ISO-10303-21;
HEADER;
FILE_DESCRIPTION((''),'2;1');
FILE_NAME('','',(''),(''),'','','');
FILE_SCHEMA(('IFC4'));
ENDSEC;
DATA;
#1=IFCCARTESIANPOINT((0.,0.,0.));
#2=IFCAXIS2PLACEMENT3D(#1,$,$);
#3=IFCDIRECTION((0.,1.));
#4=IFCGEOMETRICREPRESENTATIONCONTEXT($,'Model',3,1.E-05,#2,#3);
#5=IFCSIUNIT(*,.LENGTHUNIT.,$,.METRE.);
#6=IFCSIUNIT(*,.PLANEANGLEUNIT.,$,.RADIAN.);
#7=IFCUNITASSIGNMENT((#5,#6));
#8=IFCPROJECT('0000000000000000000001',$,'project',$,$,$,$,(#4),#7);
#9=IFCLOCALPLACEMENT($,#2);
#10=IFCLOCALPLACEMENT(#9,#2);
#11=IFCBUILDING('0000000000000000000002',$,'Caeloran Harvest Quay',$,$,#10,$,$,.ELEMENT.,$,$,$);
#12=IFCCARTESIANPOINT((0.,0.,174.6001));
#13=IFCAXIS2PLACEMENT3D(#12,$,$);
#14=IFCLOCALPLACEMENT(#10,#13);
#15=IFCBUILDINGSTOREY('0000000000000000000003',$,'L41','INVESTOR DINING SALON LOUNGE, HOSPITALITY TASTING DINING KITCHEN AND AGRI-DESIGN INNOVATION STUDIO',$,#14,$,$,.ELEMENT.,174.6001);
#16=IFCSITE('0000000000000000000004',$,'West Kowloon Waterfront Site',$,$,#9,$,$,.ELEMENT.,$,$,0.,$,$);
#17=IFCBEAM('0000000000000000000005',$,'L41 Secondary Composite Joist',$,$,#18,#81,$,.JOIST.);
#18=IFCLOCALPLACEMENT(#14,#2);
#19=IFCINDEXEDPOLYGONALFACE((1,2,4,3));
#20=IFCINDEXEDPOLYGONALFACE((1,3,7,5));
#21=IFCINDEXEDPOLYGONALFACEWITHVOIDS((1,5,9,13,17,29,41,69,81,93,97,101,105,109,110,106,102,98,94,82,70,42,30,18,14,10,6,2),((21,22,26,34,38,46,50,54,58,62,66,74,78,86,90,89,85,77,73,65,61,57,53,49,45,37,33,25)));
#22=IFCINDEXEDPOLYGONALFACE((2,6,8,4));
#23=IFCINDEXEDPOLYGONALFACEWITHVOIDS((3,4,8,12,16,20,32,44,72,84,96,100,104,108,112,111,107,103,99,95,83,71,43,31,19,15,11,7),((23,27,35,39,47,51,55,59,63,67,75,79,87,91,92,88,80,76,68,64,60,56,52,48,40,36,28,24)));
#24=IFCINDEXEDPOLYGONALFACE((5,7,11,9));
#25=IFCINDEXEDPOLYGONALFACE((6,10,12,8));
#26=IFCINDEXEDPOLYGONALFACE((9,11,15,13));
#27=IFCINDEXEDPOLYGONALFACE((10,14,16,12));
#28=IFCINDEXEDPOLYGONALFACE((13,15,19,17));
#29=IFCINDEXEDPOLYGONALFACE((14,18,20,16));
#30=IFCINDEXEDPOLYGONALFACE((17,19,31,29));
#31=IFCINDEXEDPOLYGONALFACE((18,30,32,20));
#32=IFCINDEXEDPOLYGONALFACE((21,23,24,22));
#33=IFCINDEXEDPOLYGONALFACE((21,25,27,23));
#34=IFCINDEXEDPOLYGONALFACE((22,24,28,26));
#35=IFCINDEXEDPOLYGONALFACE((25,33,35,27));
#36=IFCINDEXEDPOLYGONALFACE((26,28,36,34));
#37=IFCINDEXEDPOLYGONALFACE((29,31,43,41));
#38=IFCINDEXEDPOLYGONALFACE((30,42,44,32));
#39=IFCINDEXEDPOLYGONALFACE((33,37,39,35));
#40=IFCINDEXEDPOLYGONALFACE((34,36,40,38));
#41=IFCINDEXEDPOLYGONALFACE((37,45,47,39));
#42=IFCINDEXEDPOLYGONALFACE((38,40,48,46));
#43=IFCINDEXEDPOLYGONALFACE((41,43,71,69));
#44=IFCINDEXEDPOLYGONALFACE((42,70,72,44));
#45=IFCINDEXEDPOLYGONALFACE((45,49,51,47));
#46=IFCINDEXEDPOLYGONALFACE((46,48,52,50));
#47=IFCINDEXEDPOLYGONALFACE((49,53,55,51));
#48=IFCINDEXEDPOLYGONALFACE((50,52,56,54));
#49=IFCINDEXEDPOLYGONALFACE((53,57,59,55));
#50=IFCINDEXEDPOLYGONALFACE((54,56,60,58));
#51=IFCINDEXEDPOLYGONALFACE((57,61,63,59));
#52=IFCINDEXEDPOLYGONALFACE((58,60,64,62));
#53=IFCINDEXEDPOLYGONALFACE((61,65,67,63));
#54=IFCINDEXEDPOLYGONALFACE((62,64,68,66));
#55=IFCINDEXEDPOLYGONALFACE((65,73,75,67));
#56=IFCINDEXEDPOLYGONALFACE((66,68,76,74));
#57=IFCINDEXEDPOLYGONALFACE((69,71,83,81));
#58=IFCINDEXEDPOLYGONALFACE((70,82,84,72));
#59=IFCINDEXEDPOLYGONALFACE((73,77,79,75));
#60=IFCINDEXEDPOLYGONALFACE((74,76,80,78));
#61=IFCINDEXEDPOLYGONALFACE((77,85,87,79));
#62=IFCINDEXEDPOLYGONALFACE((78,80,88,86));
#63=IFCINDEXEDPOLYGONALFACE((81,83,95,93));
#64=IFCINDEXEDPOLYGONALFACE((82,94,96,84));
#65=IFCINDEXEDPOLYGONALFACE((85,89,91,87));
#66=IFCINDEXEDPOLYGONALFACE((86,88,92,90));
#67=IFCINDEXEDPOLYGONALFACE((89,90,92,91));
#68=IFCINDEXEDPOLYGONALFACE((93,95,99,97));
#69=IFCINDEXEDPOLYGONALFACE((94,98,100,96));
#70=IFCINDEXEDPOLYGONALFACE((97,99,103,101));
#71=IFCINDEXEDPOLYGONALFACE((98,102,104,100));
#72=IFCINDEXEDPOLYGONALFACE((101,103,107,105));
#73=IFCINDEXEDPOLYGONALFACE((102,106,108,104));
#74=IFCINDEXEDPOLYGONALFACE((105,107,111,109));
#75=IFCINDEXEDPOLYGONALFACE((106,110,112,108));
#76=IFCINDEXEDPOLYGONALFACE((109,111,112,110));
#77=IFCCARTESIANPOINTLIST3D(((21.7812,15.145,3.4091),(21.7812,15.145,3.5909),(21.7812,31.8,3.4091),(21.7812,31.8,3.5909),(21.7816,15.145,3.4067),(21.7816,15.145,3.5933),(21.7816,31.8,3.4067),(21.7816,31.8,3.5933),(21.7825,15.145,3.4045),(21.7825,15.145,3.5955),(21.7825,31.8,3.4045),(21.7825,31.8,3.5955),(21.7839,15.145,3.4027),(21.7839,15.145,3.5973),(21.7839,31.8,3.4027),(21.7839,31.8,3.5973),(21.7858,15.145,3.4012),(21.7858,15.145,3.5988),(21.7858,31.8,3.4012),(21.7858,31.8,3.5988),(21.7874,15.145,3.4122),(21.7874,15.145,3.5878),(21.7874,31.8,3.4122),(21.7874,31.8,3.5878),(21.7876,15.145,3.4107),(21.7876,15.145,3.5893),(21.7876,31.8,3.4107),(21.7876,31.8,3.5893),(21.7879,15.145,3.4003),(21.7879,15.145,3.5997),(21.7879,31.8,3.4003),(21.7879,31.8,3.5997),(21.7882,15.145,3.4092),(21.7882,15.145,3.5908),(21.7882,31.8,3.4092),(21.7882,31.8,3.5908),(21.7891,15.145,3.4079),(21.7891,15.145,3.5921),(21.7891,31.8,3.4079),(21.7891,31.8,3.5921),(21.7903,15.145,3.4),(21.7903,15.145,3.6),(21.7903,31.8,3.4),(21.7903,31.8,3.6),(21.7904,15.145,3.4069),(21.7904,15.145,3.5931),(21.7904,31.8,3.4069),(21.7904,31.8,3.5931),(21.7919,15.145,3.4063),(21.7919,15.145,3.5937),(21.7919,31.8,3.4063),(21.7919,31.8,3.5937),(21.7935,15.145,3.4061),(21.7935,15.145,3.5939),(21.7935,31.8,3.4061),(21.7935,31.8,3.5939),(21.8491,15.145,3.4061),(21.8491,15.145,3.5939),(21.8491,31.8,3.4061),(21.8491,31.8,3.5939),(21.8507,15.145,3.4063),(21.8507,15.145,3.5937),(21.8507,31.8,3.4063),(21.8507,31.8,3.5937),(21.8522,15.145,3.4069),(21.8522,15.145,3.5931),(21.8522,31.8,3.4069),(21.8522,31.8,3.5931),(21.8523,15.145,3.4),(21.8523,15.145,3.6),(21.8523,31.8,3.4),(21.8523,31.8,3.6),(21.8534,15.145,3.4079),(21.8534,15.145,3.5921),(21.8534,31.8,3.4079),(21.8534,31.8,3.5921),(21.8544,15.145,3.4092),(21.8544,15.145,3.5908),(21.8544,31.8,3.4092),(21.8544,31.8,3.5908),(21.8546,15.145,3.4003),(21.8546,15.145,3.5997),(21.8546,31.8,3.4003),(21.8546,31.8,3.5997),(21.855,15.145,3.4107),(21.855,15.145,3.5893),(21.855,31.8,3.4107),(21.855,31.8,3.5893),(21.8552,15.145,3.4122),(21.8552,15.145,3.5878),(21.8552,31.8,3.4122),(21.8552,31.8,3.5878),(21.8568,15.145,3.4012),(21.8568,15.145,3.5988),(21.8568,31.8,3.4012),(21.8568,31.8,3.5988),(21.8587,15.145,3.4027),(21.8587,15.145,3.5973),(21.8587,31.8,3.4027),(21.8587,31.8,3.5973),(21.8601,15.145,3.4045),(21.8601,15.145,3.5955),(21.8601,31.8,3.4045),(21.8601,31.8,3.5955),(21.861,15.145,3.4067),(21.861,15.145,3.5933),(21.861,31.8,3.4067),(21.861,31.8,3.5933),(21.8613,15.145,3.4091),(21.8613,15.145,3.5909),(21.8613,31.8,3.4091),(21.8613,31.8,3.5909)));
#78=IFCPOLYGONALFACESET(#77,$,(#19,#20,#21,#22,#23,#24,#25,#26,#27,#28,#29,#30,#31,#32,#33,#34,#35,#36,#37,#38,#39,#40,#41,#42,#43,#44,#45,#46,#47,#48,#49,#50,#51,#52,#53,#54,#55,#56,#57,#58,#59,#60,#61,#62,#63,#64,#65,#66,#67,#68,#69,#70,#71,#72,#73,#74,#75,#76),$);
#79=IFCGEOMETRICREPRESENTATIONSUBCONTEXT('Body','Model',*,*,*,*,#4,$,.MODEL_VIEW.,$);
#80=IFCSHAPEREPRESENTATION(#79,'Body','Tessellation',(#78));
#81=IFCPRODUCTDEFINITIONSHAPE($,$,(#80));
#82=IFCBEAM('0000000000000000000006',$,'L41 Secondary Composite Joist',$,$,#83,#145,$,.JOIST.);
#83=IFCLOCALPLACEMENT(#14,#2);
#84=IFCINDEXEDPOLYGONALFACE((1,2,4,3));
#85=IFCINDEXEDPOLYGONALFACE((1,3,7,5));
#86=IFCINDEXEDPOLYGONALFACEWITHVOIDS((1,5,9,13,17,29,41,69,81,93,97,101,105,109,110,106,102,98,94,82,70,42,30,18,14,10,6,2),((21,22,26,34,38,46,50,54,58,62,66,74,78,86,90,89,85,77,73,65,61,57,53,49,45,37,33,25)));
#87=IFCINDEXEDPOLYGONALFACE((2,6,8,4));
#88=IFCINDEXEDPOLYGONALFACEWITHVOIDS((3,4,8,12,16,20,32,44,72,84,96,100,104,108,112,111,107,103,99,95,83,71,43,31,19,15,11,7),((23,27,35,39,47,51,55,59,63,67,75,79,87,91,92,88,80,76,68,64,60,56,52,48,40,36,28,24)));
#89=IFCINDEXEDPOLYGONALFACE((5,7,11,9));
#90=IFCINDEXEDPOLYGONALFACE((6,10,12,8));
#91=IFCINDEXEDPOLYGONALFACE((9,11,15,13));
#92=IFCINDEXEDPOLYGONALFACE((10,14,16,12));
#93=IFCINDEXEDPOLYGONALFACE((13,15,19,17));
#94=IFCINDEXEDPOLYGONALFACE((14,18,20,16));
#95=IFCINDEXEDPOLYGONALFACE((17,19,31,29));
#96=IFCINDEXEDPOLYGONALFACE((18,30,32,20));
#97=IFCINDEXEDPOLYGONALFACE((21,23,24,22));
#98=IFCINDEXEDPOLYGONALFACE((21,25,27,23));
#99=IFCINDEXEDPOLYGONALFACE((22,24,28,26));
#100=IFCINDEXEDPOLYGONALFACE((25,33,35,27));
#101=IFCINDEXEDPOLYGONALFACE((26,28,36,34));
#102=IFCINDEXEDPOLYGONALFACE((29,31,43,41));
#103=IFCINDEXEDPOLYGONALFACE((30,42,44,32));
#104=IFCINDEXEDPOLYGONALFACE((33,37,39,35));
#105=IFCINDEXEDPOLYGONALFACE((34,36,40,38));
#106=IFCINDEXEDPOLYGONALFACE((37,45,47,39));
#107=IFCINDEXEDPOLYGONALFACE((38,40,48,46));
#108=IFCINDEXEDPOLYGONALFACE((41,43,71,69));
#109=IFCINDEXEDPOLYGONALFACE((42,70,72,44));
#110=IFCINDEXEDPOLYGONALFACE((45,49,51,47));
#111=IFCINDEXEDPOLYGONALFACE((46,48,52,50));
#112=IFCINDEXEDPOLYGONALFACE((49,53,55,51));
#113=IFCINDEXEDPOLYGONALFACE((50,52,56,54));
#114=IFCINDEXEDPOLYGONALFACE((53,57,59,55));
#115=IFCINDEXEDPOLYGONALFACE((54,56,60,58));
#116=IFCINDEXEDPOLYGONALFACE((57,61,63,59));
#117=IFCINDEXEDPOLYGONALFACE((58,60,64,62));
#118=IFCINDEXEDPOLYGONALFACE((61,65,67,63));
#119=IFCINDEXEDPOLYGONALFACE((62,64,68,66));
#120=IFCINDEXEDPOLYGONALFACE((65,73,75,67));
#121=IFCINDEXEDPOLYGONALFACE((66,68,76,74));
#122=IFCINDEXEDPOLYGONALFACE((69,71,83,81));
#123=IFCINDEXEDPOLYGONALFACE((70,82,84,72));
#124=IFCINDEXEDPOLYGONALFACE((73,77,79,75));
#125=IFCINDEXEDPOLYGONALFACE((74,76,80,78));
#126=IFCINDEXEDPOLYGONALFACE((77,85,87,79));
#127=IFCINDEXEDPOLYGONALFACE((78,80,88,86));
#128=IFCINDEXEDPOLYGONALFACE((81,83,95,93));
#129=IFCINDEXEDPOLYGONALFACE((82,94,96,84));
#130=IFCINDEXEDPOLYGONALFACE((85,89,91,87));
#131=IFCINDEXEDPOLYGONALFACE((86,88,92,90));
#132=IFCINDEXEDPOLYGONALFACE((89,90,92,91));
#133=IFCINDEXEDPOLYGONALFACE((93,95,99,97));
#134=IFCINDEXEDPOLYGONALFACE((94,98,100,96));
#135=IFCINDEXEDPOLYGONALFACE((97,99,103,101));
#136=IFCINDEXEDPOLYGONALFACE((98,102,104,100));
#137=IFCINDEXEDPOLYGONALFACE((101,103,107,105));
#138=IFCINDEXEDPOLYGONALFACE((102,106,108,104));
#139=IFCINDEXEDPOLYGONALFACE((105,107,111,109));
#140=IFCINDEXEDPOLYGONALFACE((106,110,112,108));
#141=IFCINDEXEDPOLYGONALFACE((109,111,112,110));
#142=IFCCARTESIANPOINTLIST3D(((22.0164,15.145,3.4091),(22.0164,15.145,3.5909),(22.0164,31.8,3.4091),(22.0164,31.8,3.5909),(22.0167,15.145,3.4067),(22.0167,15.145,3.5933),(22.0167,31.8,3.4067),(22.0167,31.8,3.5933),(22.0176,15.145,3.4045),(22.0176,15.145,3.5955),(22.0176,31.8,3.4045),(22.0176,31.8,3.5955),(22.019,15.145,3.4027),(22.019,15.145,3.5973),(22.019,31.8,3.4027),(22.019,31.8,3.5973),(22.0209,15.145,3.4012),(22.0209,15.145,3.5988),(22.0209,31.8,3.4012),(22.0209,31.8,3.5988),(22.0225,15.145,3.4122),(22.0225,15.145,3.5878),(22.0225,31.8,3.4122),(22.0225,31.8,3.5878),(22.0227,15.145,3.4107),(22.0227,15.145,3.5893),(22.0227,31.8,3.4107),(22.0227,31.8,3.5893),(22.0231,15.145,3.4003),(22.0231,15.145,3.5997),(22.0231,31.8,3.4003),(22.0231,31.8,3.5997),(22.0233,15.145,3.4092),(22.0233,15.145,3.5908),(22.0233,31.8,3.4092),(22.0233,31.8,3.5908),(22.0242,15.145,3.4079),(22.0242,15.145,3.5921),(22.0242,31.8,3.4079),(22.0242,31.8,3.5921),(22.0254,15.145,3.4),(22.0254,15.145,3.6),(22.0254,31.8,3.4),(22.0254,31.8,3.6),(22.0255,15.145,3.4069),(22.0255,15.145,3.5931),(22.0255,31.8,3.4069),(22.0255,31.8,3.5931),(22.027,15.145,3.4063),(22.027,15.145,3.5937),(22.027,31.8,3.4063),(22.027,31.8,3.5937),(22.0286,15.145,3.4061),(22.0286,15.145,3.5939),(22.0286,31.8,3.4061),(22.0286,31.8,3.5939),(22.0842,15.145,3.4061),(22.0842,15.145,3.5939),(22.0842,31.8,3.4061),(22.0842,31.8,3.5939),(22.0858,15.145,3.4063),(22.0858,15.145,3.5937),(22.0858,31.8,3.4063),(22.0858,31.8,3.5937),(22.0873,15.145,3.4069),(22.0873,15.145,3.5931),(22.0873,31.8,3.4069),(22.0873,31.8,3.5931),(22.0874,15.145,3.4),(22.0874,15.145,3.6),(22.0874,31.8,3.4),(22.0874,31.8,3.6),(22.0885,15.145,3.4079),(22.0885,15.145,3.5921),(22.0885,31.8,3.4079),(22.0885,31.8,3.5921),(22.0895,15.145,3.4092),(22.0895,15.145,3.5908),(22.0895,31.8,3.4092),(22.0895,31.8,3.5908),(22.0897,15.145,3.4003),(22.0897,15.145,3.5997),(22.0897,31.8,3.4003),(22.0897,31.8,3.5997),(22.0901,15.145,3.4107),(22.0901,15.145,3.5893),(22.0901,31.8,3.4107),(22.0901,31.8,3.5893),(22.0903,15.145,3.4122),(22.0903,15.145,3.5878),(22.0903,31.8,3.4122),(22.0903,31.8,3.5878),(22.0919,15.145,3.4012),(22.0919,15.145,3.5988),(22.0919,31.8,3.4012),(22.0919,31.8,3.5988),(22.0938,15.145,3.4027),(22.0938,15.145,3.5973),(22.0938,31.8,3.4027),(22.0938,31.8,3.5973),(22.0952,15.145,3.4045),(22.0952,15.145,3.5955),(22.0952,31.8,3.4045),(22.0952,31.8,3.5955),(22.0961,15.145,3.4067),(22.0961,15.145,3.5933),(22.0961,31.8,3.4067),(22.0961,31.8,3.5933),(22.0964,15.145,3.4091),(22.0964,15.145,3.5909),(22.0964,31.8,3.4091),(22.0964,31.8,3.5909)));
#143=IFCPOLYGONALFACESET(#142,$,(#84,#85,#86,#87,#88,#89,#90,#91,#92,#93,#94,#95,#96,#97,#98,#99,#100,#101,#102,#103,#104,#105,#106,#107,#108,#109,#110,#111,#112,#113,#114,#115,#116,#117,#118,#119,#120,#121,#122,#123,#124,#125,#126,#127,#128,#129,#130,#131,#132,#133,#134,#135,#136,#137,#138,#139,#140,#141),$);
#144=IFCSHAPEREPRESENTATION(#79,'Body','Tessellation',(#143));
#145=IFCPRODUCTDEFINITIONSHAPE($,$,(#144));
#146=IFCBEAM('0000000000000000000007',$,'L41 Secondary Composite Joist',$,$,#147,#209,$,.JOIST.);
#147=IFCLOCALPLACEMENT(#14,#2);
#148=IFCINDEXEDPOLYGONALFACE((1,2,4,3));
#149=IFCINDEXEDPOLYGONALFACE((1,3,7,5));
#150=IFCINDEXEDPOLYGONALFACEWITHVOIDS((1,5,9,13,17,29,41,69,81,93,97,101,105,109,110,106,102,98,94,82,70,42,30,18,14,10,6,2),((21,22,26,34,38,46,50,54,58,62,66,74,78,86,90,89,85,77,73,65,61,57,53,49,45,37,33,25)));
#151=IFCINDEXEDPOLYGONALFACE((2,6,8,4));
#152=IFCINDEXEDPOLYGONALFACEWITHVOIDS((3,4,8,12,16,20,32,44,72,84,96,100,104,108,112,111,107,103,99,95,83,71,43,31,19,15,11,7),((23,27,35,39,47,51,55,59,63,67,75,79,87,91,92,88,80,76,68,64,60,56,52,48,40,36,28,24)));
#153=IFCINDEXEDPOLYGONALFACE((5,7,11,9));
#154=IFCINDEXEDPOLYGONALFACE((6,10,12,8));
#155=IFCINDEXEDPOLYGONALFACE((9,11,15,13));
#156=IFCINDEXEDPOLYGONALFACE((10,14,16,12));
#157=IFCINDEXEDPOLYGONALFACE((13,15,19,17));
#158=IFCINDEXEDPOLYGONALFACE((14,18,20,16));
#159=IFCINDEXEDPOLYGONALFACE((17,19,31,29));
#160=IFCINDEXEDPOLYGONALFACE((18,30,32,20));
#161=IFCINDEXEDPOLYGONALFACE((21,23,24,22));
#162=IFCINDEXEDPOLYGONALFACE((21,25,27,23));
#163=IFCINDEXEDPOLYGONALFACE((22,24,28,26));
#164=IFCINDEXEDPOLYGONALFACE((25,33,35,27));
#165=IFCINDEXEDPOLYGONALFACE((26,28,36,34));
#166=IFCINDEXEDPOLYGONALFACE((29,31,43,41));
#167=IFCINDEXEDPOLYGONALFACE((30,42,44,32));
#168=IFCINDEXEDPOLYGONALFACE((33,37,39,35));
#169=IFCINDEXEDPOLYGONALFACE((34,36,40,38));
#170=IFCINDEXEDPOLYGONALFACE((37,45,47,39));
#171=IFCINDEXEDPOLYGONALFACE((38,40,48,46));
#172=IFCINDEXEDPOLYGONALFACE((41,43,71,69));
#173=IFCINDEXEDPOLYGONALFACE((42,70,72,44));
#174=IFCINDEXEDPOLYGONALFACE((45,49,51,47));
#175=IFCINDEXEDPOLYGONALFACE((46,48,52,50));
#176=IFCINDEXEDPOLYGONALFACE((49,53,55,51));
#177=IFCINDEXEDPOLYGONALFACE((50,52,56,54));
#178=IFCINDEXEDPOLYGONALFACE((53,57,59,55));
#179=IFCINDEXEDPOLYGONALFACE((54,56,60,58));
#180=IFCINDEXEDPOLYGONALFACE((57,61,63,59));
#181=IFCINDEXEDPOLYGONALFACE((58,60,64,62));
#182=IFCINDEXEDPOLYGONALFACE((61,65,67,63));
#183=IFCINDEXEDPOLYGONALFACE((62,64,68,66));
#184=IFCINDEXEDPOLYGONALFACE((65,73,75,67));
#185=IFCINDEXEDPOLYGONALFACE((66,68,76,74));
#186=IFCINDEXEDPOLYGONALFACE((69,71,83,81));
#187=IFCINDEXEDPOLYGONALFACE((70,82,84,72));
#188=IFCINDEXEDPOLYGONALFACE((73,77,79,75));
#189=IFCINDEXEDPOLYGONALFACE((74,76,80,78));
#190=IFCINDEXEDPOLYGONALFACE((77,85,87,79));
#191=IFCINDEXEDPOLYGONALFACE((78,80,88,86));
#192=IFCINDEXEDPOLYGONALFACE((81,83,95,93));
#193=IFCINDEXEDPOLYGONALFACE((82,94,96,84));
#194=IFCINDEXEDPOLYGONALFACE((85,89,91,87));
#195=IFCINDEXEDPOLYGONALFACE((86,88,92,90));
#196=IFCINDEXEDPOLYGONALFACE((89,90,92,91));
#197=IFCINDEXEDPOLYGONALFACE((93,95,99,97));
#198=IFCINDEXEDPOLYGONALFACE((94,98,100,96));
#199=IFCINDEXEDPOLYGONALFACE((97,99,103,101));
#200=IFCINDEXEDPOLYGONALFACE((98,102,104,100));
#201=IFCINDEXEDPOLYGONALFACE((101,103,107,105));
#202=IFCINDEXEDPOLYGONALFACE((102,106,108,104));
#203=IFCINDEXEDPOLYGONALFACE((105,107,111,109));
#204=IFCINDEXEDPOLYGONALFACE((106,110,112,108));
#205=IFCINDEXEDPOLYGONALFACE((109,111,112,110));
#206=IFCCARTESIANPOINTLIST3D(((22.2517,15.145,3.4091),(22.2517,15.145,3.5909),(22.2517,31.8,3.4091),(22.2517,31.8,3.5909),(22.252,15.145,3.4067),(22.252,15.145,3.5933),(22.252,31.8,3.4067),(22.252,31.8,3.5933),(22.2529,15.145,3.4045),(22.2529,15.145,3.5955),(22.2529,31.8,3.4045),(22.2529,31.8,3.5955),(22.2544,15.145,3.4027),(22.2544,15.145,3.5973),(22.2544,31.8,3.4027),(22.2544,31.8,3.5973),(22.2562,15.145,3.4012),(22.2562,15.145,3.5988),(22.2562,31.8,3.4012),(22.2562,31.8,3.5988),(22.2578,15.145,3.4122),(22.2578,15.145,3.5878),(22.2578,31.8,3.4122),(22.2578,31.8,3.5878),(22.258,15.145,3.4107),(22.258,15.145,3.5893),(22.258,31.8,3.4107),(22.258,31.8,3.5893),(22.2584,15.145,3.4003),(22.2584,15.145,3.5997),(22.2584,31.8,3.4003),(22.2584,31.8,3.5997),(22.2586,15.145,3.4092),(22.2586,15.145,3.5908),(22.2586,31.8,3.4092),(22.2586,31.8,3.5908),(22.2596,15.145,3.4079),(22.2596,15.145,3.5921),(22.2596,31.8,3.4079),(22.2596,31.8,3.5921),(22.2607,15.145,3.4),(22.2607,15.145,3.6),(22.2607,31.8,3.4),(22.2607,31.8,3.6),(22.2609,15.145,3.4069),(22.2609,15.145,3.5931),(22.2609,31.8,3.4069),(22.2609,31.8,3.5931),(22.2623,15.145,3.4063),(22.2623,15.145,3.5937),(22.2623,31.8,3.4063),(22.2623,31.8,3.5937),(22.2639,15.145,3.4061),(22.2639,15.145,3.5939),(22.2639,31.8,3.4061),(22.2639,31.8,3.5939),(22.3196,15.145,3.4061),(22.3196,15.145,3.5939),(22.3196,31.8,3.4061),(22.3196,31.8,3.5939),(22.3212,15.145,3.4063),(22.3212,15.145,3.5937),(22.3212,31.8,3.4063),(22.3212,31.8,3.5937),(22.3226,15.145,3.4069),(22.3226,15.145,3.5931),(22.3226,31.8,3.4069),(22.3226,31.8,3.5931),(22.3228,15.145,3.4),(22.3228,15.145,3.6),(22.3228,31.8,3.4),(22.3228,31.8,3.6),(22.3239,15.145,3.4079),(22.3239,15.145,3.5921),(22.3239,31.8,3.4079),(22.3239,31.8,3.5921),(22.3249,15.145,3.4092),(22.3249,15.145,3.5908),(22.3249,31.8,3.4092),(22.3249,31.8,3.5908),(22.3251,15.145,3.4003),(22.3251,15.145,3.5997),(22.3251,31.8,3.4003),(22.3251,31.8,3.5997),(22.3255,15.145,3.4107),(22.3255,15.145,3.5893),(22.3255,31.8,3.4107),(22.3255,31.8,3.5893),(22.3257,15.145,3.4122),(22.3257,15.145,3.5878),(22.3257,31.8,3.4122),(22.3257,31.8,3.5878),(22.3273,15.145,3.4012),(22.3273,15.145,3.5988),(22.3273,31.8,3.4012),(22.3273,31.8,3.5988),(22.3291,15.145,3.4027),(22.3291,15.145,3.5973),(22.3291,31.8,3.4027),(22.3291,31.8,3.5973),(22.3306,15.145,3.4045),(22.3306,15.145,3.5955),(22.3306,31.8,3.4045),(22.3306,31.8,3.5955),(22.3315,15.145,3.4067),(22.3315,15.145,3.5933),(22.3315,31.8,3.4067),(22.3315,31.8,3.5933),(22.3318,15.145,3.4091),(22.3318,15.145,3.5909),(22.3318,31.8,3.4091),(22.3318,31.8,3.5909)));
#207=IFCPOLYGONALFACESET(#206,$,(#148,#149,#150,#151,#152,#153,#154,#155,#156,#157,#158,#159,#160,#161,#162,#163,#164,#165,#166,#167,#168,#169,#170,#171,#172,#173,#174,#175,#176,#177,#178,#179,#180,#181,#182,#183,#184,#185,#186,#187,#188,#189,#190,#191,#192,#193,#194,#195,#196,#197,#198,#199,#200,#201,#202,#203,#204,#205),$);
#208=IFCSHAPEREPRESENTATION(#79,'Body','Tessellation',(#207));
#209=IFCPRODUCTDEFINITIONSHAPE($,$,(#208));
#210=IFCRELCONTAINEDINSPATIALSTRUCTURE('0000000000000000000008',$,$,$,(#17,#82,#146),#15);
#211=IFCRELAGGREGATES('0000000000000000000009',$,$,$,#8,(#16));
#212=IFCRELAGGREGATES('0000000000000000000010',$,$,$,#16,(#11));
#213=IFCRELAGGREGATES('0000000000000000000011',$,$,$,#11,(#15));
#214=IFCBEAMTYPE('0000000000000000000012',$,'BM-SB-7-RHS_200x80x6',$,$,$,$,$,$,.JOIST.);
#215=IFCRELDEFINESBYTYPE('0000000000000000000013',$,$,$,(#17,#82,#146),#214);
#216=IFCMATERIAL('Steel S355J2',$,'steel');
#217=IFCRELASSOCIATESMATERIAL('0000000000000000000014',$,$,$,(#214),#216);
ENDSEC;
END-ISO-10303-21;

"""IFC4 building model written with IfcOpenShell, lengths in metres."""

from ifc_helpers import new_model, si_unit, direction, frame, origin, origin_2d, place, context, subcontext, project, spatial, hollow_rectangle, extrude, material, material_profile, profile_set, type_object, element, save


model = new_model("IFC4")

# Units and contexts
model_context = context("Model", 3, precision=1e-05, world=origin(), true_north=direction((0.0, 1.0)))
body_context = subcontext(model_context, "Body", "Model", "MODEL_VIEW")
ifc_project = project(units=[si_unit("LENGTHUNIT", "METRE"), si_unit("PLANEANGLEUNIT", "RADIAN")], contexts=[model_context])

# Site, building, storey
site_placement = place(None, origin())
site = spatial("IfcSite", under=ifc_project, at=site_placement, Name="West Kowloon Waterfront Site", CompositionType="ELEMENT", RefElevation=0.0)
building_placement = place(site_placement, origin())
building = spatial("IfcBuilding", under=site, at=building_placement, Name="Caeloran Harvest Quay", CompositionType="ELEMENT")
storey_placement = place(building_placement, frame((0.0, 0.0, 174.6001)))
storey = spatial("IfcBuildingStorey", under=building, at=storey_placement, Name="L41", Description="INVESTOR DINING SALON LOUNGE, HOSPITALITY TASTING DINING KITCHEN AND AGRI-DESIGN INNOVATION STUDIO", CompositionType="ELEMENT", Elevation=174.6001)

# Beams
ifc_material_1 = material(Name="Steel S355J2", Category="steel")
ifc_material_profile_1 = material_profile(ifc_material_1, hollow_rectangle(XDim=0.0801, YDim=0.2, WallThickness=0.0061, InnerFilletRadius=0.0061, OuterFilletRadius=0.009, at=origin_2d()), Name="RHS 200x80x6")
ifc_profile_set_1 = profile_set([ifc_material_profile_1], Name="Steel S355J2")
beam_type_1 = type_object("IfcBeamType", Name="BM-SB-7-RHS_200x80x6", PredefinedType="JOIST", material=ifc_profile_set_1)
for number, where, z_axis, x_axis, name in (
    (1, (21.8213, 15.145, 3.5), (0.0, 1.0, 0.0), (-1.0, 0.0, 0.0), "L41 Secondary Composite Joist"),
    (2, (22.0564, 15.145, 3.5), (0.0, 1.0, 0.0), (-1.0, 0.0, 0.0), "L41 Secondary Composite Joist"),
    (3, (22.2917, 15.145, 3.5), (0.0, 1.0, 0.0), (-1.0, 0.0, 0.0), "L41 Secondary Composite Joist"),
):
    element("IfcBeam", number, at=place(storey_placement, frame(where, z_axis=z_axis, x_axis=x_axis)), inside=storey, type_object=beam_type_1, Name=name, PredefinedType="JOIST", context=body_context, shape_type="SweptSolid", body=[
        extrude(hollow_rectangle(XDim=0.0801, YDim=0.2, WallThickness=0.0061, InnerFilletRadius=0.0061, OuterFilletRadius=0.009, at=origin_2d()), origin(), (0.0, 0.0, 1.0), 16.655),
    ])

save(model, "model.ifc")
